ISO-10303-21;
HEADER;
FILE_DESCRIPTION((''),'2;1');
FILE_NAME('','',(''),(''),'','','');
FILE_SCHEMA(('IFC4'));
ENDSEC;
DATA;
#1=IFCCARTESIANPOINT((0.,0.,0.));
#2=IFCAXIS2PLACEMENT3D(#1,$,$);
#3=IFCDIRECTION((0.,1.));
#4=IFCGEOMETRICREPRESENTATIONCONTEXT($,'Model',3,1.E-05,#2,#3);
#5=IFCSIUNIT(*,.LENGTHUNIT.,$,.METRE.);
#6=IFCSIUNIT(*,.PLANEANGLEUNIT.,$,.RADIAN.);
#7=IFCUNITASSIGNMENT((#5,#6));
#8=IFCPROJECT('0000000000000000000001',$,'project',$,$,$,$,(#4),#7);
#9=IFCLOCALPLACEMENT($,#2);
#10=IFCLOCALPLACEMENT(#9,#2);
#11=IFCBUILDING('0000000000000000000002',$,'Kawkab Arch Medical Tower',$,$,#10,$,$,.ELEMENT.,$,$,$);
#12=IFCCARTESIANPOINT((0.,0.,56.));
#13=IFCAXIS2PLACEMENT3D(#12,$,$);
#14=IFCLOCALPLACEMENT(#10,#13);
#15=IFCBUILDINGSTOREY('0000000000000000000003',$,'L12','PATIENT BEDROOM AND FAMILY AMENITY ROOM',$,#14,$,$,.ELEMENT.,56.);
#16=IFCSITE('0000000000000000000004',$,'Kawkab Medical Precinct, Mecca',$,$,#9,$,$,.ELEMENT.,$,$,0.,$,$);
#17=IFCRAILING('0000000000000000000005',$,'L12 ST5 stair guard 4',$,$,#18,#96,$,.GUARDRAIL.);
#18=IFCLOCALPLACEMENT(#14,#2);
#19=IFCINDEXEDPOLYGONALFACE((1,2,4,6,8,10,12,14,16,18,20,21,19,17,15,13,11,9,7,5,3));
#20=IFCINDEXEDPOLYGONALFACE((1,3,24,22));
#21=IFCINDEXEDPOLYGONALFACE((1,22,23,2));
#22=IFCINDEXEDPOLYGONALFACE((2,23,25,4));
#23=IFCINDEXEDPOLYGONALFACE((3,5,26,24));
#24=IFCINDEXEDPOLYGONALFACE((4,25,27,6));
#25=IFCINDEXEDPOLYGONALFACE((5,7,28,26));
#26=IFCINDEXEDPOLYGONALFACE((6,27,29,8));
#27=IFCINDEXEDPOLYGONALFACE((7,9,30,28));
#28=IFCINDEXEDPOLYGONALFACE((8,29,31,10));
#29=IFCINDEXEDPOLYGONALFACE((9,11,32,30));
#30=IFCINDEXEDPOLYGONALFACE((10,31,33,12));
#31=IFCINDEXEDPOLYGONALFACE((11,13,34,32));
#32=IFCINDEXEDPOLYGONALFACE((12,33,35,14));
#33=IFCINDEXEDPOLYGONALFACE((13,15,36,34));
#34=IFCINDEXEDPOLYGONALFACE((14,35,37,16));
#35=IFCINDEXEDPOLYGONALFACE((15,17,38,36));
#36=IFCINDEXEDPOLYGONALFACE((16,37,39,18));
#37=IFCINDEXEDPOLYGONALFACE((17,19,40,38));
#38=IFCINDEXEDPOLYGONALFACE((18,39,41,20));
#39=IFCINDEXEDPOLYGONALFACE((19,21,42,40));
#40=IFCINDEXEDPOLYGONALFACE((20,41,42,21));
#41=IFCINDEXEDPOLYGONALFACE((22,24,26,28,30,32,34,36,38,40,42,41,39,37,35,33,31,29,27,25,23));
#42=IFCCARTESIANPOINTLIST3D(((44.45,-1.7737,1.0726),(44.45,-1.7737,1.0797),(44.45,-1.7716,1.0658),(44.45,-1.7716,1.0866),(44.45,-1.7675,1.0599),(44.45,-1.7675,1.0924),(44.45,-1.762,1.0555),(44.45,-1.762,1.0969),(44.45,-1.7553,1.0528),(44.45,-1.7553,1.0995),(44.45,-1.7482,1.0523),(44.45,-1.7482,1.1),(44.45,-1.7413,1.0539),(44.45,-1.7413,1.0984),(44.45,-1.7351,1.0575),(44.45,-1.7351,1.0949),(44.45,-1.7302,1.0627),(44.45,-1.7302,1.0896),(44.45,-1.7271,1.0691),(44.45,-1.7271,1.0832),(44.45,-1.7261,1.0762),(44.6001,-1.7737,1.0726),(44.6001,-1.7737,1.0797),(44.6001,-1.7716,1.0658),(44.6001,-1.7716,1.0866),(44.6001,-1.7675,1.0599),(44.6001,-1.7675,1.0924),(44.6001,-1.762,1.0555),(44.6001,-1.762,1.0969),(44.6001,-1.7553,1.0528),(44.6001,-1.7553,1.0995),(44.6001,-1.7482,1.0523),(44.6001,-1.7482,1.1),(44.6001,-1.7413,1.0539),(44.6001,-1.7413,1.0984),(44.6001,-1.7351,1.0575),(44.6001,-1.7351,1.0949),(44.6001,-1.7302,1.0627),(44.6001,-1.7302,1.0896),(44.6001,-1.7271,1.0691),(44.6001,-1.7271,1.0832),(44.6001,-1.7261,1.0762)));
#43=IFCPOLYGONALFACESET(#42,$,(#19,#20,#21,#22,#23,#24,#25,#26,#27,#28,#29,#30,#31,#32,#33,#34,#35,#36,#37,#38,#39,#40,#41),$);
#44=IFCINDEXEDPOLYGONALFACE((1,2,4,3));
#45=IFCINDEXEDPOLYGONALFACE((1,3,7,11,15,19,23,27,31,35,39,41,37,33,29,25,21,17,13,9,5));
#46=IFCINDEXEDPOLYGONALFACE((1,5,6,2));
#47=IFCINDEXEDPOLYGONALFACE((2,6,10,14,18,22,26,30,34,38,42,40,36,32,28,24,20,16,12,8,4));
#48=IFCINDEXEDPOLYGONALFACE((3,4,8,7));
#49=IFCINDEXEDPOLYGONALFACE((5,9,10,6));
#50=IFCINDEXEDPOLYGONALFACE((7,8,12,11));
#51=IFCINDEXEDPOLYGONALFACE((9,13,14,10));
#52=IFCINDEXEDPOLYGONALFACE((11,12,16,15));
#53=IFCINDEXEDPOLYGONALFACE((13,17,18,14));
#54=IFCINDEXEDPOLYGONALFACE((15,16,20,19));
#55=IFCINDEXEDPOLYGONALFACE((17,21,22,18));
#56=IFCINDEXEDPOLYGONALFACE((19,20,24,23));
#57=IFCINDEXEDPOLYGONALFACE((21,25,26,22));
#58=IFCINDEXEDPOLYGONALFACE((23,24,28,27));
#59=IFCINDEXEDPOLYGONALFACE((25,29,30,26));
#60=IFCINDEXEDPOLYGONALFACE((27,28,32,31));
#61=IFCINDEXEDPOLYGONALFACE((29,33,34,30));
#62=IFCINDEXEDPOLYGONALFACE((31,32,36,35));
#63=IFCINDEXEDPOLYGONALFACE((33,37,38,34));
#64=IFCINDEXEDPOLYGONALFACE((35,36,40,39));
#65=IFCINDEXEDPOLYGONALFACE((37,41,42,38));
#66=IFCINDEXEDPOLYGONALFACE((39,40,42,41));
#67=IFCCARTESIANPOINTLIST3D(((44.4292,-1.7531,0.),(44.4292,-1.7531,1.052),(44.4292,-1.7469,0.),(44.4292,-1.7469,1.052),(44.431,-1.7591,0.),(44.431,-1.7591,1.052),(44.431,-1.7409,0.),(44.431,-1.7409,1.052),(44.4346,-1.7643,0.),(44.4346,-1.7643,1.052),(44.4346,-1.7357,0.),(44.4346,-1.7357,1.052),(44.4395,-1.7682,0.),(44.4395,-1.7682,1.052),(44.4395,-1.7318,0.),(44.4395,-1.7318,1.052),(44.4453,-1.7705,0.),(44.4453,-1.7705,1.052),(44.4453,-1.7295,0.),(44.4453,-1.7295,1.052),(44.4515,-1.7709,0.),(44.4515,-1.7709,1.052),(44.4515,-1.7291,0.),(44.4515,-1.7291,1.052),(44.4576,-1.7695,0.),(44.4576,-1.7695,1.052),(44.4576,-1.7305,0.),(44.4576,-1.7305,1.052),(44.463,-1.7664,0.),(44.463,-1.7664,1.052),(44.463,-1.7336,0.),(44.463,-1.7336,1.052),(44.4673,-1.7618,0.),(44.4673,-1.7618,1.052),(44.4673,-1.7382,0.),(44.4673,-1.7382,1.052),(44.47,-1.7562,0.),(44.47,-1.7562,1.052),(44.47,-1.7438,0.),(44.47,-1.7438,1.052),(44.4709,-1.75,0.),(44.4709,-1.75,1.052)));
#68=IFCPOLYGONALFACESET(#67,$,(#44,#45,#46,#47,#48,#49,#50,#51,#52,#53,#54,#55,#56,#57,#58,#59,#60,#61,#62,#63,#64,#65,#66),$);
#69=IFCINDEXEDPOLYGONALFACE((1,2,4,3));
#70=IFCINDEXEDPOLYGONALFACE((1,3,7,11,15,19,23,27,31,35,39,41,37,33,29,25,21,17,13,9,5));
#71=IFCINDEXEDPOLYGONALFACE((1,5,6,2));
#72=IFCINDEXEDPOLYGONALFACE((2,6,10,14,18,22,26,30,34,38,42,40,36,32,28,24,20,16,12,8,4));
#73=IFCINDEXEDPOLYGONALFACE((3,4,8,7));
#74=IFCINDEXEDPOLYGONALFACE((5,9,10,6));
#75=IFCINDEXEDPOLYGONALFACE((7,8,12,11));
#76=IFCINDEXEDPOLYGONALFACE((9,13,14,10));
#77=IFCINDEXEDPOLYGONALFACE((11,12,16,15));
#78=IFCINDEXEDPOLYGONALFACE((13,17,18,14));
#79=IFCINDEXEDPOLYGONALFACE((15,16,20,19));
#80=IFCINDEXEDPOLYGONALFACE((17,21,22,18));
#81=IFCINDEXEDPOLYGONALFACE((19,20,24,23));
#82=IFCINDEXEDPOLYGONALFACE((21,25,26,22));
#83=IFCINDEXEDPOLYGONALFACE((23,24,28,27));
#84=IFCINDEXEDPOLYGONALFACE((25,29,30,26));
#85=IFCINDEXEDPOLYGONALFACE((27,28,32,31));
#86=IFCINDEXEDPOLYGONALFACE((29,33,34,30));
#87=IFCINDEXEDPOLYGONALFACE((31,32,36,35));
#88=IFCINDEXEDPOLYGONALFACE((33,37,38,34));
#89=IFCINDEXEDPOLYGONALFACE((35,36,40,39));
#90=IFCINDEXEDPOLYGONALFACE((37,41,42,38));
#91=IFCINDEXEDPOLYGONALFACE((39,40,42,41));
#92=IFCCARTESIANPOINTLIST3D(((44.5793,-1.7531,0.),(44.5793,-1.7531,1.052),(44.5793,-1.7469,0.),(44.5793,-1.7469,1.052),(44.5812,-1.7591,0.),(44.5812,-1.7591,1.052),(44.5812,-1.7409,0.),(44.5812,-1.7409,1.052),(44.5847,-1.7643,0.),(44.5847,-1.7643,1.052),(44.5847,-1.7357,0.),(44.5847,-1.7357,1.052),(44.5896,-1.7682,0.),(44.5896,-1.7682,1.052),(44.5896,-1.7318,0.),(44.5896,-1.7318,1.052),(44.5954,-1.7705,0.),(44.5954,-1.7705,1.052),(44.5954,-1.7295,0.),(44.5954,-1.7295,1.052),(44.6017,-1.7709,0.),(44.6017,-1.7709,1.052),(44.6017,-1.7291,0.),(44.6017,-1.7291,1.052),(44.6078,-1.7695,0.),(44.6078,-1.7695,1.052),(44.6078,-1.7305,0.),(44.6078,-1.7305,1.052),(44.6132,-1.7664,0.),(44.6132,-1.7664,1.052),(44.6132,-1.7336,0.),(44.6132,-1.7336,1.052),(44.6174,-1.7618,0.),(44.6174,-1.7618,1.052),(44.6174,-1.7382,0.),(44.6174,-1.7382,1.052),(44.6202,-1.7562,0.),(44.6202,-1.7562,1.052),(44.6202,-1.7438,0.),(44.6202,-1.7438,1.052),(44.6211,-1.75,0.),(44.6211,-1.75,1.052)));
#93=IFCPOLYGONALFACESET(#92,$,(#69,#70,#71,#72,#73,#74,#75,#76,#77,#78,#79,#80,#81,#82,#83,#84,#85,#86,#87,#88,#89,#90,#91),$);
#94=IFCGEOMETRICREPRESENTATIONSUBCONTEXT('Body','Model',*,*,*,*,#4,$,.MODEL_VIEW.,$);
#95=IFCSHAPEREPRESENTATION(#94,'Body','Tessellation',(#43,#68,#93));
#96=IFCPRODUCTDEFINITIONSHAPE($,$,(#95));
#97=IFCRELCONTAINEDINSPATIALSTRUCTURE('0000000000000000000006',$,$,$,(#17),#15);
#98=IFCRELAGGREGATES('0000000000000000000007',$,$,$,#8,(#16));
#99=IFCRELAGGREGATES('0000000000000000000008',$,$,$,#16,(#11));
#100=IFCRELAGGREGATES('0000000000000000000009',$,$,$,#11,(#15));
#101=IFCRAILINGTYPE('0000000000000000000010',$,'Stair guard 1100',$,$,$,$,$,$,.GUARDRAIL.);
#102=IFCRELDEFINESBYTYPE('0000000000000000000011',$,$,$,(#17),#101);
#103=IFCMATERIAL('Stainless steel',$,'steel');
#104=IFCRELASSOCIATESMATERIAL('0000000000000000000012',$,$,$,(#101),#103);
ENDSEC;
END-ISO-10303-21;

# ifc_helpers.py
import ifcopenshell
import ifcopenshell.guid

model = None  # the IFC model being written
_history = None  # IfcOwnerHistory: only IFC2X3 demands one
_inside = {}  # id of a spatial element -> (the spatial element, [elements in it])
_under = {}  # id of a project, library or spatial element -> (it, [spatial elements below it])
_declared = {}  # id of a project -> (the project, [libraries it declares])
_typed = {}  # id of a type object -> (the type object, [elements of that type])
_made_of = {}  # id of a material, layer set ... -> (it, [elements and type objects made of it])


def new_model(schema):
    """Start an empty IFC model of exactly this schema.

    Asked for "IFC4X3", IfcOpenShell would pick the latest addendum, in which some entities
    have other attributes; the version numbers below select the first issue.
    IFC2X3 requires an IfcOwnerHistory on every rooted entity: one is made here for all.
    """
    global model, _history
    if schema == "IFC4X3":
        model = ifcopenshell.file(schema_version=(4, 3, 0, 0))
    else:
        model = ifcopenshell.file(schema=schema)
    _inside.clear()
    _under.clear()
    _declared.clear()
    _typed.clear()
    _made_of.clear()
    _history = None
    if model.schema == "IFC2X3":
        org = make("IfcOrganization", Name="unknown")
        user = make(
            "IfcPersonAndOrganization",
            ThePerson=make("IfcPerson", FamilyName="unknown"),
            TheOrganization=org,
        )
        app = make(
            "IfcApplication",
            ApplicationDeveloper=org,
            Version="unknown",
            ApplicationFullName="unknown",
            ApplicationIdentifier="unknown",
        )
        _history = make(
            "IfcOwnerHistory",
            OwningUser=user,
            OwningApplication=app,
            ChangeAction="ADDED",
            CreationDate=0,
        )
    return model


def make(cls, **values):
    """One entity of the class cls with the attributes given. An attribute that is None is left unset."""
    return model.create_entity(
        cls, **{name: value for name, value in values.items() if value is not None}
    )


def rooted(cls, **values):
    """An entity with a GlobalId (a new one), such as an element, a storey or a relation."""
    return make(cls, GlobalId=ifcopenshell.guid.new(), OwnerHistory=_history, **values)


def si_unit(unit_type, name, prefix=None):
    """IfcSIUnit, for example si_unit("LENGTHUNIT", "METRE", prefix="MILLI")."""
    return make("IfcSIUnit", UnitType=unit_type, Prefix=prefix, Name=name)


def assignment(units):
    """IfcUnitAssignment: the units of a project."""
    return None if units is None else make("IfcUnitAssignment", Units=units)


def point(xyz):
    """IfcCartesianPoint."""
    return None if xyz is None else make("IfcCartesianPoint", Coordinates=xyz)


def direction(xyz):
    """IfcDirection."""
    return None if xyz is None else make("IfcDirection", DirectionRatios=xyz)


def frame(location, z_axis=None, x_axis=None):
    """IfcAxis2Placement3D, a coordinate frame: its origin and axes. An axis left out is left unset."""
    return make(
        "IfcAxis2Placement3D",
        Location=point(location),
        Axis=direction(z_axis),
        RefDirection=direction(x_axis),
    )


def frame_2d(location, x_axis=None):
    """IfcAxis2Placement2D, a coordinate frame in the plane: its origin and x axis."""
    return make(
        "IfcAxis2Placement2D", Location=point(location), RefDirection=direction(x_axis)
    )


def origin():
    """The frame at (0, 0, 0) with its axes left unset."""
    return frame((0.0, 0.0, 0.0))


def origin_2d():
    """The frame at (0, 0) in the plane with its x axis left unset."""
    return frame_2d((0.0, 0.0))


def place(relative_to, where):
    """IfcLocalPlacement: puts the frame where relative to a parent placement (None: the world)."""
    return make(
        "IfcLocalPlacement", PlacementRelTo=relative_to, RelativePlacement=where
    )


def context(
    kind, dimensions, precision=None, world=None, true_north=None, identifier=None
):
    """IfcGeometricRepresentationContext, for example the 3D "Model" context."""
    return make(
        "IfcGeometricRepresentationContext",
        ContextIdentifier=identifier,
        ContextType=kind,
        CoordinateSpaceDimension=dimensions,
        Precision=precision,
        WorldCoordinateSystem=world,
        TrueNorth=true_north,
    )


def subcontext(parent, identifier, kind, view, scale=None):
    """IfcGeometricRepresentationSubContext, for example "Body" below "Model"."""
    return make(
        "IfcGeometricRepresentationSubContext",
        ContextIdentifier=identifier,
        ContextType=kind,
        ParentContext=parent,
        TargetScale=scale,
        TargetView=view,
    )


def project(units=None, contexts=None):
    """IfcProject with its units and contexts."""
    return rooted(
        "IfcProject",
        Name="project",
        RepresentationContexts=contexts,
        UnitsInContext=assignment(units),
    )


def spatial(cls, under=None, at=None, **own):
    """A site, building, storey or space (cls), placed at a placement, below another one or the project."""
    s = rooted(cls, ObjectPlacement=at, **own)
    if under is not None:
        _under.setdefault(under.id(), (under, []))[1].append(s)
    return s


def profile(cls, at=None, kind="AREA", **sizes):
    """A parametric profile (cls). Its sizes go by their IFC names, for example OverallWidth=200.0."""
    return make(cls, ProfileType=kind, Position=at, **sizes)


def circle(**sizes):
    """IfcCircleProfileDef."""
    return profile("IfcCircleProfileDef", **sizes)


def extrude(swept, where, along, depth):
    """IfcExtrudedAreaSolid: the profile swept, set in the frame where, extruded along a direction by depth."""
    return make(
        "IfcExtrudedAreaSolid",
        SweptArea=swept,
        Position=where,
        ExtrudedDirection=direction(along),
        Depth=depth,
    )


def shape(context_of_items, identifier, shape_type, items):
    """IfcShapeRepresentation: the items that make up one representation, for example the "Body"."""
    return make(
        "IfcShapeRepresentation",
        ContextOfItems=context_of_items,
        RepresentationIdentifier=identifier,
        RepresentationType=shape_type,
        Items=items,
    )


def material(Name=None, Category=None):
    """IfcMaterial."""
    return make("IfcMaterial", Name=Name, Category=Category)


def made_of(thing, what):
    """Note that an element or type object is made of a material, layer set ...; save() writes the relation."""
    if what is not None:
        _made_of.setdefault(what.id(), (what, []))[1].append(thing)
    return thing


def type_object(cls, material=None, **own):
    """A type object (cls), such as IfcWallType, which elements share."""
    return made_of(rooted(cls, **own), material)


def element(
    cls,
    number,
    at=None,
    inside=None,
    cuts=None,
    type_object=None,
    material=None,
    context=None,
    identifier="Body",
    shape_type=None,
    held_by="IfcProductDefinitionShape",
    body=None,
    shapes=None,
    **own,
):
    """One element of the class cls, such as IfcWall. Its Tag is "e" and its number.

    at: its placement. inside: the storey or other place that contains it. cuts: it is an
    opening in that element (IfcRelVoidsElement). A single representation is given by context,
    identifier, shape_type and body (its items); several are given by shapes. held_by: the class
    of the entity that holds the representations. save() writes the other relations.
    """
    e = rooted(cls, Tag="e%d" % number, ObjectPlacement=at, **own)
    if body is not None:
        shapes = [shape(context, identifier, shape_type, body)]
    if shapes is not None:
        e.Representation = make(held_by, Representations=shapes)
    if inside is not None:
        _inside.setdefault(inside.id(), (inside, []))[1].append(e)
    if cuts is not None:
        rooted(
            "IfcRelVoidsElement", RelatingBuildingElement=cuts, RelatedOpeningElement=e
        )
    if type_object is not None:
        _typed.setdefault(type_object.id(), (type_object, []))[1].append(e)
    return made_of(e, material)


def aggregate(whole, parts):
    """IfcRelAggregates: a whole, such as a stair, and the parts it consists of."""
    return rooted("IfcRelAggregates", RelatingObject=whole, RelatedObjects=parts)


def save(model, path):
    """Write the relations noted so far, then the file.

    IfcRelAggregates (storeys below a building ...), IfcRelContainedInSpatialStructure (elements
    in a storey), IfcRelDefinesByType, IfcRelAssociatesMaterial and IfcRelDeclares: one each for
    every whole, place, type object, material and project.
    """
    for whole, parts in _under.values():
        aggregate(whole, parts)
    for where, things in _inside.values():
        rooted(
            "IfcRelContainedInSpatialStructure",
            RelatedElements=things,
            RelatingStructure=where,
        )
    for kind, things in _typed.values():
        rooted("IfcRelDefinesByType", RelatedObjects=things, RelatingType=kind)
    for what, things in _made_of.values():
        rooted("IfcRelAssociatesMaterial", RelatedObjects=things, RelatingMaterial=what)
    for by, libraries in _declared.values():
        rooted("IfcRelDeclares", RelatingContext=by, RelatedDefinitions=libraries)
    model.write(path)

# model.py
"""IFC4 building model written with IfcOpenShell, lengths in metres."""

from ifc_helpers import new_model, si_unit, direction, frame, origin, origin_2d, place, context, subcontext, project, spatial, circle, extrude, material, type_object, element, save


model = new_model("IFC4")

# Units and contexts
model_context = context("Model", 3, precision=1e-05, world=origin(), true_north=direction((0.0, 1.0)))
body_context = subcontext(model_context, "Body", "Model", "MODEL_VIEW")
ifc_project = project(units=[si_unit("LENGTHUNIT", "METRE"), si_unit("PLANEANGLEUNIT", "RADIAN")], contexts=[model_context])

# Site, building, storey
site_placement = place(None, origin())
site = spatial("IfcSite", under=ifc_project, at=site_placement, Name="Kawkab Medical Precinct, Mecca", CompositionType="ELEMENT", RefElevation=0.0)
building_placement = place(site_placement, origin())
building = spatial("IfcBuilding", under=site, at=building_placement, Name="Kawkab Arch Medical Tower", CompositionType="ELEMENT")
storey_placement = place(building_placement, frame((0.0, 0.0, 56.0)))
storey = spatial("IfcBuildingStorey", under=building, at=storey_placement, Name="L12", Description="PATIENT BEDROOM AND FAMILY AMENITY ROOM", CompositionType="ELEMENT", Elevation=56.0)

# Railing
ifc_material_1 = material(Name="Stainless steel", Category="steel")
railing_type_1 = type_object("IfcRailingType", Name="Stair guard 1100", PredefinedType="GUARDRAIL", material=ifc_material_1)
railing_1_placement = place(storey_placement, frame((44.45, -1.75, 0.0)))
element("IfcRailing", 1, at=railing_1_placement, inside=storey, type_object=railing_type_1, Name="L12 ST5 stair guard 4", PredefinedType="GUARDRAIL", context=body_context, shape_type="SweptSolid", body=[
    extrude(circle(Radius=0.0239, at=origin_2d()), frame((0.0, 0.0, 1.0762), z_axis=(1.0, 0.0, 0.0), x_axis=(0.0, 1.0, 0.0)), (0.0, 0.0, 1.0), 0.1501),
    extrude(circle(Radius=0.021, at=origin_2d()), origin(), (0.0, 0.0, 1.0), 1.052),
    extrude(circle(Radius=0.021, at=origin_2d()), frame((0.1501, 0.0, 0.0)), (0.0, 0.0, 1.0), 1.052),
])

save(model, "model.ifc")
